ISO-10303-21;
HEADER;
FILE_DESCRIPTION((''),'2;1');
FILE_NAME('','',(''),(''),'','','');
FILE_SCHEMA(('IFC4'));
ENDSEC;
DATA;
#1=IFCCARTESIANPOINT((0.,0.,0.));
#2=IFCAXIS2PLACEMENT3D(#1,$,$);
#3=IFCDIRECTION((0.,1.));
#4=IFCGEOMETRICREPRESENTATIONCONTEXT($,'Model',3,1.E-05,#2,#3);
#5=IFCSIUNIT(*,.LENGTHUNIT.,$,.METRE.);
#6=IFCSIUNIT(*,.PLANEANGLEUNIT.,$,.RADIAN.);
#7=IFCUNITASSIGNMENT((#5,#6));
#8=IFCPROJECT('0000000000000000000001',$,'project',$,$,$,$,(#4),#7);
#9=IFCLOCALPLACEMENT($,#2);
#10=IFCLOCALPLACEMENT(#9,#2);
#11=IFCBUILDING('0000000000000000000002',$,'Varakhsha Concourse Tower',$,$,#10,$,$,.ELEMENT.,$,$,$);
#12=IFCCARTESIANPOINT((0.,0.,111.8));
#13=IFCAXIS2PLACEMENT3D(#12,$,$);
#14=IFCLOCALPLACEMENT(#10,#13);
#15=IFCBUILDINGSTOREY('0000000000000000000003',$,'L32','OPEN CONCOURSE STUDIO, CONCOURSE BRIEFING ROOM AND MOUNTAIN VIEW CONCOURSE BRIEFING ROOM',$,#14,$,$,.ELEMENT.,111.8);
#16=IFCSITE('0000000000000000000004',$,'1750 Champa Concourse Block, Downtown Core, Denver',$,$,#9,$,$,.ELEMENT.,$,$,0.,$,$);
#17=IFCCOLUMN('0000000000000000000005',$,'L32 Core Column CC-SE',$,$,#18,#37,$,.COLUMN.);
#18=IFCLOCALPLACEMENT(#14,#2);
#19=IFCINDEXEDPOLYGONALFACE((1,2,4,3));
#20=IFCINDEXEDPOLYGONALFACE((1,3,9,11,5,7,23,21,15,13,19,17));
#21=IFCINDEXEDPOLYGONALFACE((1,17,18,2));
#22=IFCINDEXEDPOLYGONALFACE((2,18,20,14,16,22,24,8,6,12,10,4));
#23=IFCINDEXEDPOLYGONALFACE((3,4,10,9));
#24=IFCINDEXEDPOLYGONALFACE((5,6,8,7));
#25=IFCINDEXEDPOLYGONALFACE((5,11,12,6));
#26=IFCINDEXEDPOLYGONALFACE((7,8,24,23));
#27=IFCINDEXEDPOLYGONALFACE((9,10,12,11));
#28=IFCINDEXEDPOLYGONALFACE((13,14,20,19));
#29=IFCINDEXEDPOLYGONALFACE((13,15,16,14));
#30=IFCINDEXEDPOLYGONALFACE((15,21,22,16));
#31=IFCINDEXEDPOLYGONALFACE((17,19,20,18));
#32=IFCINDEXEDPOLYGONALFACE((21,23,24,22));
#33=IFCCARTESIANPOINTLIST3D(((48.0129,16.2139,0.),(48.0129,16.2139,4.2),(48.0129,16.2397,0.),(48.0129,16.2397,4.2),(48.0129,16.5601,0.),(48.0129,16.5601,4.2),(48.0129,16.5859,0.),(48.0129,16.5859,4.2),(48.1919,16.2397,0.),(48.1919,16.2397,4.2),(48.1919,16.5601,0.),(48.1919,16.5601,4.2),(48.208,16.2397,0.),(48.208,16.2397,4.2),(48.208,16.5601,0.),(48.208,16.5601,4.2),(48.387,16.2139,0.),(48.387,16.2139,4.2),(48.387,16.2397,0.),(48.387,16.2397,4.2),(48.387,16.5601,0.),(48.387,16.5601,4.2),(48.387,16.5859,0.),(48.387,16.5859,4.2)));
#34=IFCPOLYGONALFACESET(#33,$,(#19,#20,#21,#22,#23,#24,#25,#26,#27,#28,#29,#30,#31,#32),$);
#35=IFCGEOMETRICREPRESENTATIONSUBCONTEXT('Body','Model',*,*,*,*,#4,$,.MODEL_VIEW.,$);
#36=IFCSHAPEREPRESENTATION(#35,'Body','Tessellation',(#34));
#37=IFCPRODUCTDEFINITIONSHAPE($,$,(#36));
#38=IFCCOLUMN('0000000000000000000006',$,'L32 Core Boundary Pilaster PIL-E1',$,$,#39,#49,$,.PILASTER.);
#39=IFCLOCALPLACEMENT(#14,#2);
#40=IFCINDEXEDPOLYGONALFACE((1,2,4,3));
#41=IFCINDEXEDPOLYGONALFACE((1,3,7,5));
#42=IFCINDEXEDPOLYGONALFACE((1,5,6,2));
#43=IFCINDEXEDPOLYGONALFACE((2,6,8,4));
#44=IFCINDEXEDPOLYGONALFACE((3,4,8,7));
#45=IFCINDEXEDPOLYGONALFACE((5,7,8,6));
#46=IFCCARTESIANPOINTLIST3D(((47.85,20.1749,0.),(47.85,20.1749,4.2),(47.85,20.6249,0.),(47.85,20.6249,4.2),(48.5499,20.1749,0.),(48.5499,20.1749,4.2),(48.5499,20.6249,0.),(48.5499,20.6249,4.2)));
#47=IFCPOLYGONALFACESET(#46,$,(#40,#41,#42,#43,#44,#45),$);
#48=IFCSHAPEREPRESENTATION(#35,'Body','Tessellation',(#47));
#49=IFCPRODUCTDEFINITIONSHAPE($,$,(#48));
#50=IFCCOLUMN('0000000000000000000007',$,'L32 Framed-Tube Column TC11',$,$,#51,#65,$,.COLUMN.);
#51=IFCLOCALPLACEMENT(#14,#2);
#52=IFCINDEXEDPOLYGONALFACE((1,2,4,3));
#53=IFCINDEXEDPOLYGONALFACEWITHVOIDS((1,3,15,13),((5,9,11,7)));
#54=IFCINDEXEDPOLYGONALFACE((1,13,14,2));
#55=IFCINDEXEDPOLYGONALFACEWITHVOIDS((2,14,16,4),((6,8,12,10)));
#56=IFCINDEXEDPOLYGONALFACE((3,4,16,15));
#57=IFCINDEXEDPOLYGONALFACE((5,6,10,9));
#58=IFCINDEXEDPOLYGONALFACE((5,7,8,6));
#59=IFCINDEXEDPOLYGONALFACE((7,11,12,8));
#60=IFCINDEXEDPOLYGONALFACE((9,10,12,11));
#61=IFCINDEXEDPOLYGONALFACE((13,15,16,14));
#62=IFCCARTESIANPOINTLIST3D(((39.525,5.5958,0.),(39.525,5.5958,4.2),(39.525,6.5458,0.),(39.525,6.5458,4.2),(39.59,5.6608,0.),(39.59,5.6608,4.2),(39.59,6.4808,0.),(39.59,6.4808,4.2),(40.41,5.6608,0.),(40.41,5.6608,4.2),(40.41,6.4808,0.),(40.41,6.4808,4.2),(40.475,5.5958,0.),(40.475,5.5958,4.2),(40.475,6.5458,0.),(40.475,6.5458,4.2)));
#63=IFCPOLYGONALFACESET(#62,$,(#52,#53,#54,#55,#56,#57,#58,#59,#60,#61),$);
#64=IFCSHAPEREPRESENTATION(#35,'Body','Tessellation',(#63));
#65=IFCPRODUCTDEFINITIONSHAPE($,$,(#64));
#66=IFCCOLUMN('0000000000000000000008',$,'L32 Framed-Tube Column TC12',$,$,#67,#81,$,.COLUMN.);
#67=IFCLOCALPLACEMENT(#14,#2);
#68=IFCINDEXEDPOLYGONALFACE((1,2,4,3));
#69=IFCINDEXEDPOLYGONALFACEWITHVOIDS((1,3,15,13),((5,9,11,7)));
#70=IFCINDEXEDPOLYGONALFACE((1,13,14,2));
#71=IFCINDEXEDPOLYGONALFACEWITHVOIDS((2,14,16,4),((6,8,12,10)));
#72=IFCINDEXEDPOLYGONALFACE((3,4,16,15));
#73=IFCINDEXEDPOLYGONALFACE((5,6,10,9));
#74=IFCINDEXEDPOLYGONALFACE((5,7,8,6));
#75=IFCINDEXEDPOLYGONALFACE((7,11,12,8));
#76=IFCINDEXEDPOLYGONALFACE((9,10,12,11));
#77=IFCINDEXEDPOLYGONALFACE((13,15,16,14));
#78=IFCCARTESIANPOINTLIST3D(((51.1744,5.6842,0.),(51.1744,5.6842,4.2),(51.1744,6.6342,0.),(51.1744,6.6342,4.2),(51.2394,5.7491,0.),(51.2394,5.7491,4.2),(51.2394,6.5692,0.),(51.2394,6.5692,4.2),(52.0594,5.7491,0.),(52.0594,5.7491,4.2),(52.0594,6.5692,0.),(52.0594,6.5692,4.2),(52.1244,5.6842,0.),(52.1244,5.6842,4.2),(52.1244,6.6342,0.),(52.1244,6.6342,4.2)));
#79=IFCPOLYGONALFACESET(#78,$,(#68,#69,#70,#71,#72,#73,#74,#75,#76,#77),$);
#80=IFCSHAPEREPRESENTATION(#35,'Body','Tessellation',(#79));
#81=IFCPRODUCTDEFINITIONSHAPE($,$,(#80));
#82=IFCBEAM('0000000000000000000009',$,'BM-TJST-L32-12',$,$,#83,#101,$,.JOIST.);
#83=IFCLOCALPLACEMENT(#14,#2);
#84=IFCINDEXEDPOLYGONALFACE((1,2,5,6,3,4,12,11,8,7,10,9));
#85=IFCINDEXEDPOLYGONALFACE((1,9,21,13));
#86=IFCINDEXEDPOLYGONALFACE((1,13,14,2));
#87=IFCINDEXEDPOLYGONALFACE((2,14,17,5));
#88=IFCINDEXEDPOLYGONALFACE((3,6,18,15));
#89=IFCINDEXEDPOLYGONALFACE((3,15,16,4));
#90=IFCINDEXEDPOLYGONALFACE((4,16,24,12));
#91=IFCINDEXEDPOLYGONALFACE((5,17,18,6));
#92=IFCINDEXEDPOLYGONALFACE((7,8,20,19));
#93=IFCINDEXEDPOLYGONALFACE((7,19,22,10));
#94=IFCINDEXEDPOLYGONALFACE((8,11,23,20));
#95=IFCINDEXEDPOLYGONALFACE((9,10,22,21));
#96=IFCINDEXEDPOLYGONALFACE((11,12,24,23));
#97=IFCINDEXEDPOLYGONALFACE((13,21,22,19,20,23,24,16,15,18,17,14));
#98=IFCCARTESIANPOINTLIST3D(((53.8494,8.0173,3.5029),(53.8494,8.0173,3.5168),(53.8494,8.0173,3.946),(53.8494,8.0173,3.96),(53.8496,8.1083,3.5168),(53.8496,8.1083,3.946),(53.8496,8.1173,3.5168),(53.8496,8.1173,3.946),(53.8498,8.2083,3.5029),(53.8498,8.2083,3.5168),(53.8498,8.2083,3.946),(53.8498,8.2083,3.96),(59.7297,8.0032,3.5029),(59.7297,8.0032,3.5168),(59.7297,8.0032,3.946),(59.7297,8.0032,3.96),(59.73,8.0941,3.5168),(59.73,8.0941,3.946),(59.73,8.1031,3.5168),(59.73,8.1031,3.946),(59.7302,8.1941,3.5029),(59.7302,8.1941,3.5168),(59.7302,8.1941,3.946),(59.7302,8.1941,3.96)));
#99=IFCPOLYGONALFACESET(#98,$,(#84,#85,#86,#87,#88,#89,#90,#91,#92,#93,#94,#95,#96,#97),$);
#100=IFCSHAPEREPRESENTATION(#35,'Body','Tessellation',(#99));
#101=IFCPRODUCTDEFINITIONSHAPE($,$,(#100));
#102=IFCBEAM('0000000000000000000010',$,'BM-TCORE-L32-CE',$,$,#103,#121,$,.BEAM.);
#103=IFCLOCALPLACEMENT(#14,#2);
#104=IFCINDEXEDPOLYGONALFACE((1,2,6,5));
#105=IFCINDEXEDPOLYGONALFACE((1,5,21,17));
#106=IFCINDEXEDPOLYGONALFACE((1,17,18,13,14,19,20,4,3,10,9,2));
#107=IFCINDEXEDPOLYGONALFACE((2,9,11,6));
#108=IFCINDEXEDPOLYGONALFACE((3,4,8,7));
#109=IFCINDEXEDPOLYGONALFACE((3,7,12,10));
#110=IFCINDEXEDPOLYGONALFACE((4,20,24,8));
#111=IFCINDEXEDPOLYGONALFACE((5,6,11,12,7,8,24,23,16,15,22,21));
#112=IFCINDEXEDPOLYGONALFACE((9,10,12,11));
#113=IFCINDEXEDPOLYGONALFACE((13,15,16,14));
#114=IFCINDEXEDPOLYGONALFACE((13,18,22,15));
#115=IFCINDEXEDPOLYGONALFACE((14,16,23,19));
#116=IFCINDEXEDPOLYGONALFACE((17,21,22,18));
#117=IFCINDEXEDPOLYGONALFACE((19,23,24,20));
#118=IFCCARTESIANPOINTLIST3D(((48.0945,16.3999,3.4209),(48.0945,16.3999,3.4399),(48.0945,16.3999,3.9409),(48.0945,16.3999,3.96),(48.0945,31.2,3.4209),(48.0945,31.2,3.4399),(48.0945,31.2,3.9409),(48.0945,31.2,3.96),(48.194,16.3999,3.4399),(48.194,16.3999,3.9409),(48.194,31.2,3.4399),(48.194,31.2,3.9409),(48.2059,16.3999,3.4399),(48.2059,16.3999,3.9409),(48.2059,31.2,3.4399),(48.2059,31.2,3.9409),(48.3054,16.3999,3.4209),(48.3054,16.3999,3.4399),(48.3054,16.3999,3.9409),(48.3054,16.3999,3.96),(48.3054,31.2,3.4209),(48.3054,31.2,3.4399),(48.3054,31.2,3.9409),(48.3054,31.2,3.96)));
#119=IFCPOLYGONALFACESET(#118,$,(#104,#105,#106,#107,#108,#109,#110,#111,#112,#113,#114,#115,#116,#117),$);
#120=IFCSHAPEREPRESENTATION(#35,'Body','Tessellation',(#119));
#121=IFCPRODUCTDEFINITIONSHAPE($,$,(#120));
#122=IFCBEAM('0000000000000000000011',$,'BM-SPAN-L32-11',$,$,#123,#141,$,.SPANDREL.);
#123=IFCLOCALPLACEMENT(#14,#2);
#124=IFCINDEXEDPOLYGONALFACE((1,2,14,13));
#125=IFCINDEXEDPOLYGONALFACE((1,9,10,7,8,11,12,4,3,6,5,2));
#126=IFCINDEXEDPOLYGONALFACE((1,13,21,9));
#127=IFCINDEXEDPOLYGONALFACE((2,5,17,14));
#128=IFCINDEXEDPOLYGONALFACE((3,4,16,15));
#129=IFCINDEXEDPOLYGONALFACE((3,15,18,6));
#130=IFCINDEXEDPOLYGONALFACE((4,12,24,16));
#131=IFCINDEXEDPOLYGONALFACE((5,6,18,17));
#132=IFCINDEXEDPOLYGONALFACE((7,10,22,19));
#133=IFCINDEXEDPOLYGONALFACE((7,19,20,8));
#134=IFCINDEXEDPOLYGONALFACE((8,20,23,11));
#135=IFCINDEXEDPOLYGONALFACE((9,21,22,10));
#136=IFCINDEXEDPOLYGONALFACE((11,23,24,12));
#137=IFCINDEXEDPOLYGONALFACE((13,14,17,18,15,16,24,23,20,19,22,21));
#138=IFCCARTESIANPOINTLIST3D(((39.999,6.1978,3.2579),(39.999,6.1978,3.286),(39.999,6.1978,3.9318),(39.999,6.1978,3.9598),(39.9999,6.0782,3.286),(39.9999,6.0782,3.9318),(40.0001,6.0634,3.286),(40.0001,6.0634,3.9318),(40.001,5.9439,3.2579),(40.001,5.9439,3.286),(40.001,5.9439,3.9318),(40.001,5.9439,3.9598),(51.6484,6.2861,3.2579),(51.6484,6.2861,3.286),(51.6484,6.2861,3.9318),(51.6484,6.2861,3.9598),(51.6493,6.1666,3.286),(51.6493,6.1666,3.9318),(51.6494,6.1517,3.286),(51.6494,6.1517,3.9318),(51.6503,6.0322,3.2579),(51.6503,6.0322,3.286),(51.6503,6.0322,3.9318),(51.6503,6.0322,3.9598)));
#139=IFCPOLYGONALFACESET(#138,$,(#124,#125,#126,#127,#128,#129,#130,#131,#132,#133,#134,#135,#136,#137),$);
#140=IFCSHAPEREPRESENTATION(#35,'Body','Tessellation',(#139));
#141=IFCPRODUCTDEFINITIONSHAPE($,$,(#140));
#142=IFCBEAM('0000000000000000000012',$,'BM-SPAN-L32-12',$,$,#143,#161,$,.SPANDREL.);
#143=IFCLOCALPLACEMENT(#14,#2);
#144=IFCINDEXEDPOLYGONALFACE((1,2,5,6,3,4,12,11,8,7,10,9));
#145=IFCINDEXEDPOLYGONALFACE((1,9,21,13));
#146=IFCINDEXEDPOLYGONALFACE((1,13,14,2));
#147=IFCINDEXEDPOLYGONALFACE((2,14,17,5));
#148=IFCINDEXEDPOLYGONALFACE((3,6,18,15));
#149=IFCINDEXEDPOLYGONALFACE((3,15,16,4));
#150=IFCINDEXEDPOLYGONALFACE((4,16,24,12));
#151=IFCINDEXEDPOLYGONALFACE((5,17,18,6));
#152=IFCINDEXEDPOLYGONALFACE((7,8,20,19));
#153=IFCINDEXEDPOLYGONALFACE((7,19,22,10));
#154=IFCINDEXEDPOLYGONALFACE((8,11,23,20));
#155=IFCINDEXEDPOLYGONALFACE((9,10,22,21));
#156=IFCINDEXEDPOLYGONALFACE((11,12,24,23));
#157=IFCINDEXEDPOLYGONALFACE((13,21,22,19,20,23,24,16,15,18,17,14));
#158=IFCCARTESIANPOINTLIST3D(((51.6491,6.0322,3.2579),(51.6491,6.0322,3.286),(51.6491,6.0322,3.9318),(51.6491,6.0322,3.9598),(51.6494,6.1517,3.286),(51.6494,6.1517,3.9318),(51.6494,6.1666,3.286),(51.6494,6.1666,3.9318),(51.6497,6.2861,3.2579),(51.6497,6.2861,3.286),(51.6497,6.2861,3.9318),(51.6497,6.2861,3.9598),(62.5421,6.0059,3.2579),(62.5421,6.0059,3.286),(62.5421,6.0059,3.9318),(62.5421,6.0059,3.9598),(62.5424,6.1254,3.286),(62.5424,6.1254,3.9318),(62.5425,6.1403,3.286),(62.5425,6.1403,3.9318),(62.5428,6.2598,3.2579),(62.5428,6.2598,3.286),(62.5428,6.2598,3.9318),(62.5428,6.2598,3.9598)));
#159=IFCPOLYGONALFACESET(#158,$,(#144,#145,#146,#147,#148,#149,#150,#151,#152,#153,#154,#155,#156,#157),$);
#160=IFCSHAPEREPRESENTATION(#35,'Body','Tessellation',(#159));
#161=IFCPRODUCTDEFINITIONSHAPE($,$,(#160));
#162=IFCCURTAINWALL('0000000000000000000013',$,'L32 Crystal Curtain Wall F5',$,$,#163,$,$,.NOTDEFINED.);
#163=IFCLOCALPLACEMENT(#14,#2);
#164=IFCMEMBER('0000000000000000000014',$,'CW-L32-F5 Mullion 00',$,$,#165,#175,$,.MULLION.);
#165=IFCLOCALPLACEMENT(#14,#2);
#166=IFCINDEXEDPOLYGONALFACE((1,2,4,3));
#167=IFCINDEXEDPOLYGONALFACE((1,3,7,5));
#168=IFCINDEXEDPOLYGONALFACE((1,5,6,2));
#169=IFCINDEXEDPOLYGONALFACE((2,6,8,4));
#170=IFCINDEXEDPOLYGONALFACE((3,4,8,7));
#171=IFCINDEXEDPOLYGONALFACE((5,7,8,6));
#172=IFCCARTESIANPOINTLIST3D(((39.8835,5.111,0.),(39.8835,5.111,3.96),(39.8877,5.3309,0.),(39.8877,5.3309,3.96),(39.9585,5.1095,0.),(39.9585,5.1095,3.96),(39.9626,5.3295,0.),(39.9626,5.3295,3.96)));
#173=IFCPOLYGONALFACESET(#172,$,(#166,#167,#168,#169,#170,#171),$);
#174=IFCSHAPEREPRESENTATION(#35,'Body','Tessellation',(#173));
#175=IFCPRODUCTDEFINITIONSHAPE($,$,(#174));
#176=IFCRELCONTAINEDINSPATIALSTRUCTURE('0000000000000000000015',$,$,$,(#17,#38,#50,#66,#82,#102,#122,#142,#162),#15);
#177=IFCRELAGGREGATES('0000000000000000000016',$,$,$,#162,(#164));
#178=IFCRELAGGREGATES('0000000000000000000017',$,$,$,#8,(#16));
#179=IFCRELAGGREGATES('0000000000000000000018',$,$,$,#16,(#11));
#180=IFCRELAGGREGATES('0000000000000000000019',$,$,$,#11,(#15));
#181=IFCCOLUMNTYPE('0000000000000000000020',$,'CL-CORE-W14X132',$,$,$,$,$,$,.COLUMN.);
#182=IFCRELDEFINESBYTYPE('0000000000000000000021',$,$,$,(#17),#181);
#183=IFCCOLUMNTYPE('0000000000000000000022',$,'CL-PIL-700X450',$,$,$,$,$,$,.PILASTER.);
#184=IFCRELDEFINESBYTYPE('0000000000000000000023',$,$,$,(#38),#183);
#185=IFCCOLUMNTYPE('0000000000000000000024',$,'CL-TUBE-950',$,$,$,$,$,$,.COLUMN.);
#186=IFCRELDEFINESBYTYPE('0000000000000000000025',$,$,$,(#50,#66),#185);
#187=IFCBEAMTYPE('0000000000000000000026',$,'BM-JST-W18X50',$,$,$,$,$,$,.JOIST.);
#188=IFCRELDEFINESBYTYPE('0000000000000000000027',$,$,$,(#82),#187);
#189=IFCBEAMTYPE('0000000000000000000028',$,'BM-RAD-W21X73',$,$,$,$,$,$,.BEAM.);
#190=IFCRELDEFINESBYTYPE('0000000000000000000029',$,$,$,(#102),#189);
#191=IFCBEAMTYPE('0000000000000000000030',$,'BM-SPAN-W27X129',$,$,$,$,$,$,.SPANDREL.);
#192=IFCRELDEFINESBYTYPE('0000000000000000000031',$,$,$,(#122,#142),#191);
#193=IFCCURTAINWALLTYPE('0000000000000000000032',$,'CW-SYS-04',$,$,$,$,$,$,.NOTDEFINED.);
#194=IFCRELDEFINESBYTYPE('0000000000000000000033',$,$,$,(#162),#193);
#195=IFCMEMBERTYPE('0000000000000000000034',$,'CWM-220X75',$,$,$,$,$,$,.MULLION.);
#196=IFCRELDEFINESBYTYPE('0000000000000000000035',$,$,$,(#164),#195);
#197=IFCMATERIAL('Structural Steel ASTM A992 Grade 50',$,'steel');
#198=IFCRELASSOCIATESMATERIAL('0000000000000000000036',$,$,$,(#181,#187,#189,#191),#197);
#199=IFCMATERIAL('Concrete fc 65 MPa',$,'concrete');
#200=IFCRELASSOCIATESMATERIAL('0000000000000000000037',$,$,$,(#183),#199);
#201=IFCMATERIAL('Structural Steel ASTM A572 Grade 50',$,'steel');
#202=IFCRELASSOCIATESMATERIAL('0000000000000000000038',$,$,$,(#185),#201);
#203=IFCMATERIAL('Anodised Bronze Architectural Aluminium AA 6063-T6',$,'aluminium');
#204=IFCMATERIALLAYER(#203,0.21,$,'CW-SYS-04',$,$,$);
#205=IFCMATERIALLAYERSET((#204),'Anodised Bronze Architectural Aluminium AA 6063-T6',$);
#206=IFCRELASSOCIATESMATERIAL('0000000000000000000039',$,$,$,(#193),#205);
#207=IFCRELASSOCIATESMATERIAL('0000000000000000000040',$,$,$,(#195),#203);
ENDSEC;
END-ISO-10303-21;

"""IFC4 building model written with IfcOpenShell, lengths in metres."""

from ifc_helpers import new_model, si_unit, direction, frame, origin, origin_2d, place, context, subcontext, project, spatial, rectangle, hollow_rectangle, i_section, extrude, source, transform, mapped, material, layer, layer_set, material_profile, profile_set, type_object, type_shapes, element, aggregate, save


model = new_model("IFC4")

# Units and contexts
model_context = context("Model", 3, precision=1e-05, world=origin(), true_north=direction((0.0, 1.0)))
body_context = subcontext(model_context, "Body", "Model", "MODEL_VIEW")
ifc_project = project(units=[si_unit("LENGTHUNIT", "METRE"), si_unit("PLANEANGLEUNIT", "RADIAN")], contexts=[model_context])

# Site, building, storey
site_placement = place(None, origin())
site = spatial("IfcSite", under=ifc_project, at=site_placement, Name="1750 Champa Concourse Block, Downtown Core, Denver", CompositionType="ELEMENT", RefElevation=0.0)
building_placement = place(site_placement, origin())
building = spatial("IfcBuilding", under=site, at=building_placement, Name="Varakhsha Concourse Tower", CompositionType="ELEMENT")
storey_placement = place(building_placement, frame((0.0, 0.0, 111.8)))
storey = spatial("IfcBuildingStorey", under=building, at=storey_placement, Name="L32", Description="OPEN CONCOURSE STUDIO, CONCOURSE BRIEFING ROOM AND MOUNTAIN VIEW CONCOURSE BRIEFING ROOM", CompositionType="ELEMENT", Elevation=111.8)

# Columns
ifc_material_1 = material(Name="Structural Steel ASTM A992 Grade 50", Category="steel")
ifc_material_profile_1 = material_profile(ifc_material_1, i_section(OverallWidth=0.374, OverallDepth=0.3721, WebThickness=0.0161, FlangeThickness=0.0259, at=origin_2d()), Name="W14X132")
ifc_profile_set_1 = profile_set([ifc_material_profile_1], Name="Structural Steel ASTM A992 Grade 50")
column_type_1 = type_object("IfcColumnType", Name="CL-CORE-W14X132", PredefinedType="COLUMN", material=ifc_profile_set_1)
column_1_placement = place(storey_placement, frame((48.2, 16.3999, 0.0), z_axis=(0.0, 0.0, 1.0), x_axis=(1.0, 0.0, 0.0)))
element("IfcColumn", 1, at=column_1_placement, inside=storey, type_object=column_type_1, Name="L32 Core Column CC-SE", PredefinedType="COLUMN", context=body_context, shape_type="SweptSolid", body=[
    extrude(i_section(OverallWidth=0.374, OverallDepth=0.3721, WebThickness=0.0161, FlangeThickness=0.0259, at=origin_2d()), origin(), (0.0, 0.0, 1.0), 4.2),
])
ifc_material_2 = material(Name="Concrete fc 65 MPa", Category="concrete")
ifc_material_profile_2 = material_profile(ifc_material_2, rectangle(XDim=0.7, YDim=0.45, at=origin_2d()), Name="RC 700x450")
ifc_profile_set_2 = profile_set([ifc_material_profile_2], Name="Concrete fc 65 MPa")
column_type_2 = type_object("IfcColumnType", Name="CL-PIL-700X450", PredefinedType="PILASTER", material=ifc_profile_set_2)
column_2_placement = place(storey_placement, frame((48.2, 20.3999, 0.0), z_axis=(0.0, 0.0, 1.0), x_axis=(1.0, 0.0, 0.0)))
element("IfcColumn", 2, at=column_2_placement, inside=storey, type_object=column_type_2, Name="L32 Core Boundary Pilaster PIL-E1", PredefinedType="PILASTER", context=body_context, shape_type="SweptSolid", body=[
    extrude(rectangle(XDim=0.7, YDim=0.45, at=origin_2d()), origin(), (0.0, 0.0, 1.0), 4.2),
])
ifc_material_3 = material(Name="Structural Steel ASTM A572 Grade 50", Category="steel")
ifc_material_profile_3 = material_profile(ifc_material_3, hollow_rectangle(XDim=0.95, YDim=0.95, WallThickness=0.0649, at=origin_2d()), Name="BOX 950x950x65")
ifc_profile_set_3 = profile_set([ifc_material_profile_3], Name="Structural Steel ASTM A572 Grade 50")
column_type_3 = type_object("IfcColumnType", Name="CL-TUBE-950", PredefinedType="COLUMN", material=ifc_profile_set_3)
for number, where, z_axis, x_axis, name in (
    (3, (40.0, 6.0708, 0.0), (0.0, 0.0, 1.0), (1.0, 0.0, 0.0), "L32 Framed-Tube Column TC11"),
    (4, (51.6494, 6.1592, 0.0), (0.0, 0.0, 1.0), (1.0, 0.0, 0.0), "L32 Framed-Tube Column TC12"),
):
    element("IfcColumn", number, at=place(storey_placement, frame(where, z_axis=z_axis, x_axis=x_axis)), inside=storey, type_object=column_type_3, Name=name, PredefinedType="COLUMN", context=body_context, shape_type="SweptSolid", body=[
        extrude(hollow_rectangle(XDim=0.95, YDim=0.95, WallThickness=0.0649, at=origin_2d()), origin(), (0.0, 0.0, 1.0), 4.2),
    ])

# Beams
ifc_material_profile_4 = material_profile(ifc_material_1, i_section(OverallWidth=0.1909, OverallDepth=0.457, WebThickness=0.009, FlangeThickness=0.0139, at=origin_2d()), Name="W18X50")
ifc_profile_set_4 = profile_set([ifc_material_profile_4], Name="Structural Steel ASTM A992 Grade 50")
beam_type_1 = type_object("IfcBeamType", Name="BM-JST-W18X50", PredefinedType="JOIST", material=ifc_profile_set_4)
beam_1_placement = place(storey_placement, frame((53.8496, 8.1128, 3.7314), z_axis=(0.999997, -0.002408, 0.0), x_axis=(0.002408, 0.999997, 0.0)))
element("IfcBeam", 5, at=beam_1_placement, inside=storey, type_object=beam_type_1, Name="BM-TJST-L32-12", PredefinedType="JOIST", context=body_context, shape_type="SweptSolid", body=[
    extrude(i_section(OverallWidth=0.1909, OverallDepth=0.457, WebThickness=0.009, FlangeThickness=0.0139, at=origin_2d()), origin(), (0.0, 0.0, 1.0), 5.8804),
])
ifc_material_profile_5 = material_profile(ifc_material_1, i_section(OverallWidth=0.2109, OverallDepth=0.5391, WebThickness=0.012, FlangeThickness=0.019, at=origin_2d()), Name="W21X73")
ifc_profile_set_5 = profile_set([ifc_material_profile_5], Name="Structural Steel ASTM A992 Grade 50")
beam_type_2 = type_object("IfcBeamType", Name="BM-RAD-W21X73", PredefinedType="BEAM", material=ifc_profile_set_5)
beam_2_placement = place(storey_placement, frame((48.2, 16.3999, 3.6904), z_axis=(0.0, 1.0, 0.0), x_axis=(-1.0, 0.0, 0.0)))
element("IfcBeam", 6, at=beam_2_placement, inside=storey, type_object=beam_type_2, Name="BM-TCORE-L32-CE", PredefinedType="BEAM", context=body_context, shape_type="SweptSolid", body=[
    extrude(i_section(OverallWidth=0.2109, OverallDepth=0.5391, WebThickness=0.012, FlangeThickness=0.019, at=origin_2d()), origin(), (0.0, 0.0, 1.0), 14.8),
])
ifc_material_profile_6 = material_profile(ifc_material_1, i_section(OverallWidth=0.2539, OverallDepth=0.7019, WebThickness=0.0149, FlangeThickness=0.0281, at=origin_2d()), Name="W27X129")
ifc_profile_set_6 = profile_set([ifc_material_profile_6], Name="Structural Steel ASTM A992 Grade 50")
beam_type_3 = type_object("IfcBeamType", Name="BM-SPAN-W27X129", PredefinedType="SPANDREL", material=ifc_profile_set_6)
beam_3_placement = place(storey_placement, frame((40.0, 6.0708, 3.6089), z_axis=(0.999971, 0.007586, 0.0), x_axis=(-0.007586, 0.999971, 0.0)))
element("IfcBeam", 7, at=beam_3_placement, inside=storey, type_object=beam_type_3, Name="BM-SPAN-L32-11", PredefinedType="SPANDREL", context=body_context, shape_type="SweptSolid", body=[
    extrude(i_section(OverallWidth=0.2539, OverallDepth=0.7019, WebThickness=0.0149, FlangeThickness=0.0281, at=origin_2d()), origin(), (0.0, 0.0, 1.0), 11.6497),
])
beam_4_placement = place(storey_placement, frame((51.6494, 6.1592, 3.6089), z_axis=(0.999997, -0.002421, 0.0), x_axis=(0.002421, 0.999997, 0.0)))
element("IfcBeam", 8, at=beam_4_placement, inside=storey, type_object=beam_type_3, Name="BM-SPAN-L32-12", PredefinedType="SPANDREL", context=body_context, shape_type="SweptSolid", body=[
    extrude(i_section(OverallWidth=0.2539, OverallDepth=0.7019, WebThickness=0.0149, FlangeThickness=0.0281, at=origin_2d()), origin(), (0.0, 0.0, 1.0), 10.8931),
])

# Curtain wall, member
ifc_material_4 = material(Name="Anodised Bronze Architectural Aluminium AA 6063-T6", Category="aluminium")
ifc_layer_1 = layer(ifc_material_4, 0.21, Name="CW-SYS-04")
ifc_layer_set_1 = layer_set([ifc_layer_1], Name="Anodised Bronze Architectural Aluminium AA 6063-T6")
curtain_wall_type = type_object("IfcCurtainWallType", Name="CW-SYS-04", PredefinedType="NOTDEFINED", material=ifc_layer_set_1)
curtain_wall_1_placement = place(storey_placement, origin())
curtain_wall_1 = element("IfcCurtainWall", 9, at=curtain_wall_1_placement, inside=storey, type_object=curtain_wall_type, Name="L32 Crystal Curtain Wall F5", PredefinedType="NOTDEFINED")
ifc_material_profile_7 = material_profile(ifc_material_4, rectangle(XDim=0.075, YDim=0.22, at=origin_2d()), Name="CWM-220X75")
ifc_profile_set_7 = profile_set([ifc_material_profile_7], Name="Anodised Bronze Architectural Aluminium AA 6063-T6")
member_type_1 = type_object("IfcMemberType", Name="CWM-220X75", PredefinedType="MULLION", material=ifc_profile_set_7)
shared_shape_1 = source(origin(), body_context, "Body", "SweptSolid", [
    extrude(rectangle(XDim=0.075, YDim=0.22, at=origin_2d()), origin(), (0.0, 0.0, 1.0), 3.96),
])
type_shapes(member_type_1, [shared_shape_1])
member_1_placement = place(storey_placement, frame((39.9231, 5.2202, 0.0), z_axis=(0.0, 0.0, 1.0), x_axis=(-0.999821, 0.01891, 0.0)))
member_1 = element("IfcMember", 10, at=member_1_placement, type_object=member_type_1, Name="CW-L32-F5 Mullion 00", PredefinedType="MULLION", context=body_context, shape_type="MappedRepresentation", body=[
    mapped(shared_shape_1, transform((0.0, 0.0, 0.0), scale=1.0)),
])

aggregate(curtain_wall_1, [member_1])

save(model, "model.ifc")
